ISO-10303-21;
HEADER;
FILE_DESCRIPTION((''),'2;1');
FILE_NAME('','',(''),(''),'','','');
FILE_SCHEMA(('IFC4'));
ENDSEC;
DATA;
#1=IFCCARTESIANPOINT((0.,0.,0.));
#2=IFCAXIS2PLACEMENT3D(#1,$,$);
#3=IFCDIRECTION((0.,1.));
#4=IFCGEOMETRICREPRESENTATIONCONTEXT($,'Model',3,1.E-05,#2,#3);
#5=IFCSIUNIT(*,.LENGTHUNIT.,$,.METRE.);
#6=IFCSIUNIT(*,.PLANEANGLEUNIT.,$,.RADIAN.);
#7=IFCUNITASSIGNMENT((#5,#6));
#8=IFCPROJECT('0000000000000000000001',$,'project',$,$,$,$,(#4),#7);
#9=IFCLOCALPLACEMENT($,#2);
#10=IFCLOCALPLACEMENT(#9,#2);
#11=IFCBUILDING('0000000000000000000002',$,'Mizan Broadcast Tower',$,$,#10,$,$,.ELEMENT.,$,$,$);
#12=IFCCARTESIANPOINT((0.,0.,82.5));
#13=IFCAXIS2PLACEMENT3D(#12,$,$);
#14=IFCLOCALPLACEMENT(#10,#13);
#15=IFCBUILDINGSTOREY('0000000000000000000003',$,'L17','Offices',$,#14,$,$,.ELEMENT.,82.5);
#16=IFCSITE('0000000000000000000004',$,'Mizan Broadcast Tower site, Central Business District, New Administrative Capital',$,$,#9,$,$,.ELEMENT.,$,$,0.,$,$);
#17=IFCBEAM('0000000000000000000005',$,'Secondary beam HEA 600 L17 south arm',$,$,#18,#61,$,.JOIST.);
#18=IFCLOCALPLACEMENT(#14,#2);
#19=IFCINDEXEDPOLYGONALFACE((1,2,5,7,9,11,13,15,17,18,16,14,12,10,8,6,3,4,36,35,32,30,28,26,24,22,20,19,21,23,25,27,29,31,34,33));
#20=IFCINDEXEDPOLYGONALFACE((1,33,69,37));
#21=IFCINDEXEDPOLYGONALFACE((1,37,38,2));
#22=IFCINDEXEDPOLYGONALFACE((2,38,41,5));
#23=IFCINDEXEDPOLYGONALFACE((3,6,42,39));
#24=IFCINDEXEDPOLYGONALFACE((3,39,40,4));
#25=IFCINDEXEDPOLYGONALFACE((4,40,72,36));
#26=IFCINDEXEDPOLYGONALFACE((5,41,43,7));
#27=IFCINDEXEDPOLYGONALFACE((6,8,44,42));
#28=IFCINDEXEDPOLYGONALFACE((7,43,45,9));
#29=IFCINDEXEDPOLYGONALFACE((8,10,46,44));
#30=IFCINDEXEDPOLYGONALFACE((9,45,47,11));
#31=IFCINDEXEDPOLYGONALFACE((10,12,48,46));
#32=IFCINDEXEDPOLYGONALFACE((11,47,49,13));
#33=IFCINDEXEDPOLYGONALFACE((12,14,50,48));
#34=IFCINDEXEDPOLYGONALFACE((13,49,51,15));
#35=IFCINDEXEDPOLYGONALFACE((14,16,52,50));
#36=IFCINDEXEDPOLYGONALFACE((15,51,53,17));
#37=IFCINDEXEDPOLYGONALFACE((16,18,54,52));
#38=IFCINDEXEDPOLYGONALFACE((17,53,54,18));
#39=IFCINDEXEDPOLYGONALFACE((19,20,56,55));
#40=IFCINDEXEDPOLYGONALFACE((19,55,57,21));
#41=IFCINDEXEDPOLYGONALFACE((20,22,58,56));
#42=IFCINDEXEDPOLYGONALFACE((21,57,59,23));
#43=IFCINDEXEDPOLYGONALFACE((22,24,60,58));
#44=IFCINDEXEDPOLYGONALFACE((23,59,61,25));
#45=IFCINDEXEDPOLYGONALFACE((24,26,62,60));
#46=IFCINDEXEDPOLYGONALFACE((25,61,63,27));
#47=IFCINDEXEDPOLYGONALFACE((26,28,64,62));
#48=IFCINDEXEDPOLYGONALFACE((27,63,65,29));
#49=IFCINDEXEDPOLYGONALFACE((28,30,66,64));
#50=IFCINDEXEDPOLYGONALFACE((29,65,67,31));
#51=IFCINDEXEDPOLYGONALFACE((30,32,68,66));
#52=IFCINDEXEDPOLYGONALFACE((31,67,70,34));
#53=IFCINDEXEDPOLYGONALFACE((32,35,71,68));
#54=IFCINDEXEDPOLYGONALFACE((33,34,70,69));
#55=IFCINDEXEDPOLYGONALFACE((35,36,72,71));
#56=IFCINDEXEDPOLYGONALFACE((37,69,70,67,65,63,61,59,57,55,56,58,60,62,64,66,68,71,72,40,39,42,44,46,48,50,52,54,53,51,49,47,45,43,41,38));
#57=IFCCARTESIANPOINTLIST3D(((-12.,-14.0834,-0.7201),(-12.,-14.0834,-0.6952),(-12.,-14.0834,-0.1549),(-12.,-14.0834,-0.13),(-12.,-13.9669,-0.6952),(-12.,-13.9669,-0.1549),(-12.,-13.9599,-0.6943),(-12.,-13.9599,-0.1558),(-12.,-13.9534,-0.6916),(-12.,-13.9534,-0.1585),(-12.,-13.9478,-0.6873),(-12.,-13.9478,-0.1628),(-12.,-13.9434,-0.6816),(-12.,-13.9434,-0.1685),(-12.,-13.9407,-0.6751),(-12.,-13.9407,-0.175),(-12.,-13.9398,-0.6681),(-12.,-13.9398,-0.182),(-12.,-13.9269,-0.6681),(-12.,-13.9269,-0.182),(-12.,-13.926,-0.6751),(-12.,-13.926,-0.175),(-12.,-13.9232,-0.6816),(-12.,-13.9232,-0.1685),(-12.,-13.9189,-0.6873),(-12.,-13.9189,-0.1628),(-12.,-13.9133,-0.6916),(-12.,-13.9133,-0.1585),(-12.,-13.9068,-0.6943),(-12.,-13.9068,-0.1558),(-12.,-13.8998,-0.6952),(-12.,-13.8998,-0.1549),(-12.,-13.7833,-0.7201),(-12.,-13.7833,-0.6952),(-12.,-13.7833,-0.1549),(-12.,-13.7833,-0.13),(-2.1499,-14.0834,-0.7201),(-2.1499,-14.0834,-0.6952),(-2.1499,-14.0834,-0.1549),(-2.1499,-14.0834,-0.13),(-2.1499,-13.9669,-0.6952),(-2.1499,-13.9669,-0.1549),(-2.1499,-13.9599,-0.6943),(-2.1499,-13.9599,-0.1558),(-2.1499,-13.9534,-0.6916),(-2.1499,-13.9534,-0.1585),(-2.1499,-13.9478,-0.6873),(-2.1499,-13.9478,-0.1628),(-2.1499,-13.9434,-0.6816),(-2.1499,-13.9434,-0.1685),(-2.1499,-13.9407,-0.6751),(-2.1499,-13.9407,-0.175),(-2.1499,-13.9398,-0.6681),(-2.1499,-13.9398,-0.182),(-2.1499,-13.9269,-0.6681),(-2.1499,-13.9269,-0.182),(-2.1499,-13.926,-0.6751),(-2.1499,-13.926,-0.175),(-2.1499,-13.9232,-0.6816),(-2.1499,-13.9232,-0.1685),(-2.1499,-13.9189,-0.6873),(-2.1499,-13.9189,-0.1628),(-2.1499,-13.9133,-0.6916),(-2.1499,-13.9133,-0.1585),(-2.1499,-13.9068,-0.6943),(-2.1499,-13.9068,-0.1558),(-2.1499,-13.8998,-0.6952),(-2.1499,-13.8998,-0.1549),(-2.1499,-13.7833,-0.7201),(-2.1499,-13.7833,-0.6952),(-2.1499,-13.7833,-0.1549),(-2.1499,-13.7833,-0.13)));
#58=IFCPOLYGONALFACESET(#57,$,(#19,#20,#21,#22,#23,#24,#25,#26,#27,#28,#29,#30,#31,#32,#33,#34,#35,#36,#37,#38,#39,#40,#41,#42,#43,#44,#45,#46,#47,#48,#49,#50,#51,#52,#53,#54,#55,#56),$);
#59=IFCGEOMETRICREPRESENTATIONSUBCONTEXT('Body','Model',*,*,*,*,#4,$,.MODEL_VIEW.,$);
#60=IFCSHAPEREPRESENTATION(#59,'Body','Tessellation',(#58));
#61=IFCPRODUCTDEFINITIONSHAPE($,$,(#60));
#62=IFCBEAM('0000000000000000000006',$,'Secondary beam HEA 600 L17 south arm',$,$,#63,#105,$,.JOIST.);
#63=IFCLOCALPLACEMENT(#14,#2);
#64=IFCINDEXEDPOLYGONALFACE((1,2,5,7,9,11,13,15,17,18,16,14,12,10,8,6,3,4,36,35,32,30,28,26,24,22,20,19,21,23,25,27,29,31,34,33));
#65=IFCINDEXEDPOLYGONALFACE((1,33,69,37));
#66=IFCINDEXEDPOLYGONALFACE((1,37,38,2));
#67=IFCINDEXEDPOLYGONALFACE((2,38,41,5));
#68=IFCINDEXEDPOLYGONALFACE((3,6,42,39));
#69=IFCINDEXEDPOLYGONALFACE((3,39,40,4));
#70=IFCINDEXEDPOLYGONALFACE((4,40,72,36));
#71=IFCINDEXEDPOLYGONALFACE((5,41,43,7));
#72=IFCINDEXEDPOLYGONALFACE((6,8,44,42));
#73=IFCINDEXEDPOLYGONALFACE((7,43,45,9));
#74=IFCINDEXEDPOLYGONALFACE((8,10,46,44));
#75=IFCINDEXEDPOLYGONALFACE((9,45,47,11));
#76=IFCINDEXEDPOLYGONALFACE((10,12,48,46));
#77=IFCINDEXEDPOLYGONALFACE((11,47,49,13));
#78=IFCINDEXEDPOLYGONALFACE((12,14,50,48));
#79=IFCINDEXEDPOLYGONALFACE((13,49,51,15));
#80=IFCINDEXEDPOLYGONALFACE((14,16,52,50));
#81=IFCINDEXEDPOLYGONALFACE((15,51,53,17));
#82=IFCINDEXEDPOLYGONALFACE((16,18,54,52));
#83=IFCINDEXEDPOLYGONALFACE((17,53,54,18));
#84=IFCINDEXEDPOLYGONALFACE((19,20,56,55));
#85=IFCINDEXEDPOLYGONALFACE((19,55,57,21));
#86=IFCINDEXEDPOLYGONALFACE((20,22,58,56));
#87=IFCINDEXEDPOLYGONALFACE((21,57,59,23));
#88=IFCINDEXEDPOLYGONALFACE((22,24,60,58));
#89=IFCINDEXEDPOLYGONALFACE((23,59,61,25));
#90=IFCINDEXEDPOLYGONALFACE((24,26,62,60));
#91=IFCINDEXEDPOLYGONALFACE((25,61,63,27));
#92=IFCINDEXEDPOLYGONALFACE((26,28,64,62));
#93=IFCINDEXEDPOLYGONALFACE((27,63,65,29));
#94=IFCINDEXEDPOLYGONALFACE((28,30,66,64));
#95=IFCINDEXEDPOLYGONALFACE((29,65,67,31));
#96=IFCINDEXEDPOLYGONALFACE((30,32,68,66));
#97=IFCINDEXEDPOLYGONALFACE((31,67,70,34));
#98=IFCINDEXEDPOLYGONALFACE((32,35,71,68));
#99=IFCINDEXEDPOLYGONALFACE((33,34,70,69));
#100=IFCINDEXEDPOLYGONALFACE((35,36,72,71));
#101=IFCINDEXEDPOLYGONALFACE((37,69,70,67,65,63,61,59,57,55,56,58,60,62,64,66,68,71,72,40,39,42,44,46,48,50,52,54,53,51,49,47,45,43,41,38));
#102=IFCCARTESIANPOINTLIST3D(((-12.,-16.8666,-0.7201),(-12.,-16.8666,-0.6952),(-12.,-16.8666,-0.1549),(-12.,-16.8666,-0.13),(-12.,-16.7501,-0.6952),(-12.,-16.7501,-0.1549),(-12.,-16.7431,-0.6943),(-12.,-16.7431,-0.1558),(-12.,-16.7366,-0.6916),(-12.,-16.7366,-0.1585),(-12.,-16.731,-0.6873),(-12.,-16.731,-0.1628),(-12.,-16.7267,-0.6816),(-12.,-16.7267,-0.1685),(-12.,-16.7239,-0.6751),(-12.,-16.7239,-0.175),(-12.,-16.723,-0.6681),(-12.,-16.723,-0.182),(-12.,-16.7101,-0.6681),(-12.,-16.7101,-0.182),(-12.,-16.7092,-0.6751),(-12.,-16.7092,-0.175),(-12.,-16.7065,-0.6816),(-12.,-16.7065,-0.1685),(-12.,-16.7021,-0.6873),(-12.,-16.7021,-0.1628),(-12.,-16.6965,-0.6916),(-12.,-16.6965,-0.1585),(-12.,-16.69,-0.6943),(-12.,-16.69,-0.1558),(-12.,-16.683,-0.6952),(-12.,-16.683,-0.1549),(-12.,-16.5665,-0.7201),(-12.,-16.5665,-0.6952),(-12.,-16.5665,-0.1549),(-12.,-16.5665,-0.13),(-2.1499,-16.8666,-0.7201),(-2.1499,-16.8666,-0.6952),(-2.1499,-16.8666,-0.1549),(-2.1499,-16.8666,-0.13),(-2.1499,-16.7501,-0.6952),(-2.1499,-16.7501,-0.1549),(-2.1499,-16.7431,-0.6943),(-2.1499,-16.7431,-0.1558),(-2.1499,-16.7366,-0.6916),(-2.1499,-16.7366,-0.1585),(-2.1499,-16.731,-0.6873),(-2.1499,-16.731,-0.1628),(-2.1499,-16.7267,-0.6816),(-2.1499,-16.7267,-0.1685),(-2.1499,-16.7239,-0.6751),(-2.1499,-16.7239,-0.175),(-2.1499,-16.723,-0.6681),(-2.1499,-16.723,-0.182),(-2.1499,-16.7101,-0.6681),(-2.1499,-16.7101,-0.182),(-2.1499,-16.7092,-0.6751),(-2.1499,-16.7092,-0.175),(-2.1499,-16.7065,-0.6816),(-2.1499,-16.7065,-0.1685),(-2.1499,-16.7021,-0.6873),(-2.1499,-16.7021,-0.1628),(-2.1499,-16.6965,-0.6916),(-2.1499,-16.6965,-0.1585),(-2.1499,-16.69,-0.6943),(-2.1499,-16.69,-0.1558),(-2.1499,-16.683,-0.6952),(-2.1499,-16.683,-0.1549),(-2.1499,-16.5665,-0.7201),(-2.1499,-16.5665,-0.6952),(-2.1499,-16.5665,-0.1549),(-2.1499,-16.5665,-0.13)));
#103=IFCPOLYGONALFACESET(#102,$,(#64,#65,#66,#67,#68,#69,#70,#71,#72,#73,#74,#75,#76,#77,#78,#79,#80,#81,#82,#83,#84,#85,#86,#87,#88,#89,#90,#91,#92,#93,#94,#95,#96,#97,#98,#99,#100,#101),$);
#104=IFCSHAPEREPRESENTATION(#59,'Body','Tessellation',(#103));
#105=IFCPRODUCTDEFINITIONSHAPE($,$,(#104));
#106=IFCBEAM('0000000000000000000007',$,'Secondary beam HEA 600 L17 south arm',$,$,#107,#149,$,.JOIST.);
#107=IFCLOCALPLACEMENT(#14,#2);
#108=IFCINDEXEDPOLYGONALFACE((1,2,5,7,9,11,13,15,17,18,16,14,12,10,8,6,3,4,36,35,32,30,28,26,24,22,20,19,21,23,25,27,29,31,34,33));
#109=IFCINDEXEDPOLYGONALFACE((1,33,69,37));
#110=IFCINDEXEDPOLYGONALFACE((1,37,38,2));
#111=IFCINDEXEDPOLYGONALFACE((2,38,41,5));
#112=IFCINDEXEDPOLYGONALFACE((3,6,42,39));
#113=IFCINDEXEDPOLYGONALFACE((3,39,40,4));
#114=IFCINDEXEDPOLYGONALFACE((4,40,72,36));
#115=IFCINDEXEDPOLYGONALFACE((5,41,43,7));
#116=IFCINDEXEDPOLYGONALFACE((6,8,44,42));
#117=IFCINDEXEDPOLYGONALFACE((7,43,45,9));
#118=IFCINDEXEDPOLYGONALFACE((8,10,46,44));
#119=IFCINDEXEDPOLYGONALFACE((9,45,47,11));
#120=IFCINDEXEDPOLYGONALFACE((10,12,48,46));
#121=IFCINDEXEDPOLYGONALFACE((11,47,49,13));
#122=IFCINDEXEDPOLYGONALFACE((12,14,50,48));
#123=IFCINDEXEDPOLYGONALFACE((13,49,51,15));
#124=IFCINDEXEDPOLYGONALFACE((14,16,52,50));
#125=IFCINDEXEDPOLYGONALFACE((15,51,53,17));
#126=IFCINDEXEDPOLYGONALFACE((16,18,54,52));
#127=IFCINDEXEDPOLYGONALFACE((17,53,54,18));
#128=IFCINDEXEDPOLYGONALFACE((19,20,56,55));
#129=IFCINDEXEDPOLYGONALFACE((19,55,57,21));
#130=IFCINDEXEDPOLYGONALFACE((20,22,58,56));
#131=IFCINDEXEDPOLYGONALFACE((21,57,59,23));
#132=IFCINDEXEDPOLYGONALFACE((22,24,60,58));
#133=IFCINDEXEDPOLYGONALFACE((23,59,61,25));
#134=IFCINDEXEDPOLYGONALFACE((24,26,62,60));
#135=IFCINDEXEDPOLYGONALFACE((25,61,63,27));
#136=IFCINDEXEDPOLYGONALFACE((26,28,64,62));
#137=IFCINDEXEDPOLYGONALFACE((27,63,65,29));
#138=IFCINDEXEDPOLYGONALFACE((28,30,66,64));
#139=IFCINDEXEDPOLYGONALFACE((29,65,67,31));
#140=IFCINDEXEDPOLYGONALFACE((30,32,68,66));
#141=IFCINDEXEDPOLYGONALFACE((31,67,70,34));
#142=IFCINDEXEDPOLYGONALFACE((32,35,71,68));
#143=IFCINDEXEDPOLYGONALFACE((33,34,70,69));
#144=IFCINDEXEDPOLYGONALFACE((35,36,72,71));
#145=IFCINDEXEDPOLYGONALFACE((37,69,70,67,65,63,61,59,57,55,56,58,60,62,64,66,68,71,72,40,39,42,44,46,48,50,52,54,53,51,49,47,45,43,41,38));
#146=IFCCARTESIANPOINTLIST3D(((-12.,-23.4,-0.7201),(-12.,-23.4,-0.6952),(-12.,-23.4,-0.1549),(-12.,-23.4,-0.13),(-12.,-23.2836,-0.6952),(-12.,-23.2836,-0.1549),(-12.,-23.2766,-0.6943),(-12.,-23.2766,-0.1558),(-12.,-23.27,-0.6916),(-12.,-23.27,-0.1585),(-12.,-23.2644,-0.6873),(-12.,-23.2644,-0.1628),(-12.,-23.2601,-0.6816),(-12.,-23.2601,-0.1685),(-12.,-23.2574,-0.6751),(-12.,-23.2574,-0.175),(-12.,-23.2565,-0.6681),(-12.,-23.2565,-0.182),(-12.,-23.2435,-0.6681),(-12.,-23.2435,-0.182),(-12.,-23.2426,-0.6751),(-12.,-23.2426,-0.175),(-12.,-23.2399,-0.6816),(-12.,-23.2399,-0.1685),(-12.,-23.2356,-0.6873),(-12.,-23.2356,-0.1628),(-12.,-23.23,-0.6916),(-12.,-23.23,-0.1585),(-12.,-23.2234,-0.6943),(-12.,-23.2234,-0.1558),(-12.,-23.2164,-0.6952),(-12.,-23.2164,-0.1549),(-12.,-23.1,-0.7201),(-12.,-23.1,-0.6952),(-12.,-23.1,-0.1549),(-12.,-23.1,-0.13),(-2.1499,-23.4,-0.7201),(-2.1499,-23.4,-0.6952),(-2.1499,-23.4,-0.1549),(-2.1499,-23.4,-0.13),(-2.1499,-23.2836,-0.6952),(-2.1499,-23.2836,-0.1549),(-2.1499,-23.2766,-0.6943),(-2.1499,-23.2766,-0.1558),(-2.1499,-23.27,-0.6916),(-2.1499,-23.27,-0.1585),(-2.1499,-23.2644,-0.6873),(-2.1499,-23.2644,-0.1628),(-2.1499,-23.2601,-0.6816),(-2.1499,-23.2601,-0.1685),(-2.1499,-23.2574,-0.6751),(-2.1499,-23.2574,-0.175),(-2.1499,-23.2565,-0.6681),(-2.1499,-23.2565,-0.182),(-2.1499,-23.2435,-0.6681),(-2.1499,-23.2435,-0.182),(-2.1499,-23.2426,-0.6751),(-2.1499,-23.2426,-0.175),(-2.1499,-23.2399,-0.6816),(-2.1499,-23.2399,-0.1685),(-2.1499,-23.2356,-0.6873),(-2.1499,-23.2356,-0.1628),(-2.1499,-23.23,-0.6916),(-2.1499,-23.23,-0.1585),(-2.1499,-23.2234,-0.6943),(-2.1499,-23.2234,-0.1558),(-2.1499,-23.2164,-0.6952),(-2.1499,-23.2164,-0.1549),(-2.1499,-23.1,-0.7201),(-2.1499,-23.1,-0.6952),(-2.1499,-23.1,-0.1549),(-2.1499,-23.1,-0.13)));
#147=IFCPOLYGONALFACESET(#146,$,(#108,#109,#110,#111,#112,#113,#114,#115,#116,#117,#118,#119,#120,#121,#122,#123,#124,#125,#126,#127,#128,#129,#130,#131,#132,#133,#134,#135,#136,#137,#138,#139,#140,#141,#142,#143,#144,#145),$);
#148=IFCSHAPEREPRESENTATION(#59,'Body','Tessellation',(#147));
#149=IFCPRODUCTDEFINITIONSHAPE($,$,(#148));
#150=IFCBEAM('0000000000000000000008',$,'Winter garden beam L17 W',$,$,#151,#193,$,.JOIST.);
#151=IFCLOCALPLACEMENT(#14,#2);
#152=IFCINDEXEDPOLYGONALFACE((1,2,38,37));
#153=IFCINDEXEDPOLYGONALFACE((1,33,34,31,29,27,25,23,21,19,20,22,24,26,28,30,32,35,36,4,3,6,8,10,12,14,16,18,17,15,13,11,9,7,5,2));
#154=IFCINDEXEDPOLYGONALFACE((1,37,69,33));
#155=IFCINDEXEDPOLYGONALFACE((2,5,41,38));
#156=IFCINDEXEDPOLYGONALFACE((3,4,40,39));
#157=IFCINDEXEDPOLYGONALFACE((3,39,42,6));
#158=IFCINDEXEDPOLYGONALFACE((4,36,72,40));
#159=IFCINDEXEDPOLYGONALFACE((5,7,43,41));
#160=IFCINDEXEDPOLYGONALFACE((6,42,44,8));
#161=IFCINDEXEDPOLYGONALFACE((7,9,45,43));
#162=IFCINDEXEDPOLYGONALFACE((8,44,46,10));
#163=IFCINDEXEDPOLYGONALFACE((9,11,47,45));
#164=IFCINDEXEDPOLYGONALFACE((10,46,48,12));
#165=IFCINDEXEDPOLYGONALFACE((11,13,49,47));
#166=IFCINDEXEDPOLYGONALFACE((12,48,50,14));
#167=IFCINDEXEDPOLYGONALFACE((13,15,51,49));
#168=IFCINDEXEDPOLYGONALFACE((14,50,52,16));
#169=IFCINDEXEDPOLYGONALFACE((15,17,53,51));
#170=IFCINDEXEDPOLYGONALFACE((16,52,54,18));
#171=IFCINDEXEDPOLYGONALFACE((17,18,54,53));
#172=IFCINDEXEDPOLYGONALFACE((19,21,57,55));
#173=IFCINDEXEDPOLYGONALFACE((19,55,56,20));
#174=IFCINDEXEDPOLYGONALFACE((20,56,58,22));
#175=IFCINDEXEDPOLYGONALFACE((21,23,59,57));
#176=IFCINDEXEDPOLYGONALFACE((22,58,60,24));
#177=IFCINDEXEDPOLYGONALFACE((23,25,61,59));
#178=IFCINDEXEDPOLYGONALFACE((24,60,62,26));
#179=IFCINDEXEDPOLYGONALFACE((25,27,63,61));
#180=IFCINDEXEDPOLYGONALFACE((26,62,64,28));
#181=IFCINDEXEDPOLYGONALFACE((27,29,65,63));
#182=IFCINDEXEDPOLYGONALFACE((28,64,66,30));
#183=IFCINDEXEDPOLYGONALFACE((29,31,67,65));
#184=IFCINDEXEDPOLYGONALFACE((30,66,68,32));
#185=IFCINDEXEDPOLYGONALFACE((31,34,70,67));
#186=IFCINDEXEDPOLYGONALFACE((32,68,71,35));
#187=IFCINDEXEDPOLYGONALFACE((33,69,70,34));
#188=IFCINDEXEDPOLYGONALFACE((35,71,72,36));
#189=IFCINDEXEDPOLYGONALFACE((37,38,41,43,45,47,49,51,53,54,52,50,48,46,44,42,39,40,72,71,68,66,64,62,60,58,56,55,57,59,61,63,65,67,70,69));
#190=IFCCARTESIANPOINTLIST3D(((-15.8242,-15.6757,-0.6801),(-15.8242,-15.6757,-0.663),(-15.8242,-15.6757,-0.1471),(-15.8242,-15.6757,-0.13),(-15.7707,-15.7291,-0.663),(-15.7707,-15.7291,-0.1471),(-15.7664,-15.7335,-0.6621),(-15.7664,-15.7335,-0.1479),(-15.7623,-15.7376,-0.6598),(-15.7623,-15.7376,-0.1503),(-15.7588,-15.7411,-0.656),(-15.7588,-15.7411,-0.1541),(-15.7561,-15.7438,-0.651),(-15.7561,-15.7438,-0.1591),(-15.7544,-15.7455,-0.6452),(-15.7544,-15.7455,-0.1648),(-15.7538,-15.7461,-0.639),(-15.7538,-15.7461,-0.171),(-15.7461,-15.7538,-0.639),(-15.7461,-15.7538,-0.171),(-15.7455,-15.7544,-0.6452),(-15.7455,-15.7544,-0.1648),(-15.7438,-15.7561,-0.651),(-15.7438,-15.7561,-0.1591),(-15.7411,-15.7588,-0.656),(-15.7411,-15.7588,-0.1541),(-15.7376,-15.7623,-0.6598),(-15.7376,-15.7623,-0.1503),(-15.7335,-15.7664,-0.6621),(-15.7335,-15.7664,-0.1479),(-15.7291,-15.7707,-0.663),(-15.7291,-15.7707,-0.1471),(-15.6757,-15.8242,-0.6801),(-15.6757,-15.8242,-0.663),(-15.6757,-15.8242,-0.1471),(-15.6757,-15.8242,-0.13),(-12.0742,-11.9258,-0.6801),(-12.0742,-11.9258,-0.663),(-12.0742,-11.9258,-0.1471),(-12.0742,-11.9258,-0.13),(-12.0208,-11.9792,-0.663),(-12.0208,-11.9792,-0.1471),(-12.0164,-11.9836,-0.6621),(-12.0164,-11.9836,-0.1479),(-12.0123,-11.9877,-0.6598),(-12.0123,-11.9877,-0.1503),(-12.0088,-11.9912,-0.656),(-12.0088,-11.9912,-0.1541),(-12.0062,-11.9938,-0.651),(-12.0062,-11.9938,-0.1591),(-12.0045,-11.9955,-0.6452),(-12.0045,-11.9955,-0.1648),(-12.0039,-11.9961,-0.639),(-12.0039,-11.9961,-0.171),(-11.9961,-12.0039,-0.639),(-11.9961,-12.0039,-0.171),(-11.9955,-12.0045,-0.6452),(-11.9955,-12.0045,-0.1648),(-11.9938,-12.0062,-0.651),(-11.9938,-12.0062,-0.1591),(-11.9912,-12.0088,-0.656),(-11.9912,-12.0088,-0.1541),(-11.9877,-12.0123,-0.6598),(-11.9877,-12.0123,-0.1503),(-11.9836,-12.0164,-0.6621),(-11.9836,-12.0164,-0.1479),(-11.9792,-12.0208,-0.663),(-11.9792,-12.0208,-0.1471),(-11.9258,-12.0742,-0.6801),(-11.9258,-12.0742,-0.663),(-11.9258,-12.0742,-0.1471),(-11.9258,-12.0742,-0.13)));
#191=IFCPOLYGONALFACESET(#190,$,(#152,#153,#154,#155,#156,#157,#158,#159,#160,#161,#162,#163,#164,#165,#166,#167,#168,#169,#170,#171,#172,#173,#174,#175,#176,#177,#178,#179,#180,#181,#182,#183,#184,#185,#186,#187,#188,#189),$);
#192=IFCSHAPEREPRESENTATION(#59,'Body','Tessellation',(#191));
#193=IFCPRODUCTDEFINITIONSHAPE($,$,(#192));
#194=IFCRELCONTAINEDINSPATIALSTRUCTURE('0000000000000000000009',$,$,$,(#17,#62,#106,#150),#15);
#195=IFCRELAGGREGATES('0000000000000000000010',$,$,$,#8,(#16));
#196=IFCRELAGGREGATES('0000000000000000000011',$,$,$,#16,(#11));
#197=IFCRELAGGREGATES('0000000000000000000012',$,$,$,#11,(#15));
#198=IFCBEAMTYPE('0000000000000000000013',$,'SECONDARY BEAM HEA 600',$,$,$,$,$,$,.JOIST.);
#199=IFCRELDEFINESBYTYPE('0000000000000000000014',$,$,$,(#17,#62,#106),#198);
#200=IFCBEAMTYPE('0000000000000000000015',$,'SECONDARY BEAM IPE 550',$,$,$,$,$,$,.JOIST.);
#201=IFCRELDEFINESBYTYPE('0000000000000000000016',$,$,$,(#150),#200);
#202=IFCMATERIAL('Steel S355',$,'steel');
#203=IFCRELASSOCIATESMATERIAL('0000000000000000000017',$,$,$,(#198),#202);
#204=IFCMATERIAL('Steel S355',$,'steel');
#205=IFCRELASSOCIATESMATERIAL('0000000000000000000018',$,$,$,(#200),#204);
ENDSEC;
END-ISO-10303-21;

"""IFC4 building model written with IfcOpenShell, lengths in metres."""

from ifc_helpers import new_model, si_unit, direction, frame, origin, origin_2d, place, context, subcontext, project, spatial, i_section, extrude, material, material_profile, profile_set, type_object, element, save


model = new_model("IFC4")

# Units and contexts
model_context = context("Model", 3, precision=1e-05, world=origin(), true_north=direction((0.0, 1.0)))
body_context = subcontext(model_context, "Body", "Model", "MODEL_VIEW")
ifc_project = project(units=[si_unit("LENGTHUNIT", "METRE"), si_unit("PLANEANGLEUNIT", "RADIAN")], contexts=[model_context])

# Site, building, storey
site_placement = place(None, origin())
site = spatial("IfcSite", under=ifc_project, at=site_placement, Name="Mizan Broadcast Tower site, Central Business District, New Administrative Capital", CompositionType="ELEMENT", RefElevation=0.0)
building_placement = place(site_placement, origin())
building = spatial("IfcBuilding", under=site, at=building_placement, Name="Mizan Broadcast Tower", CompositionType="ELEMENT")
storey_placement = place(building_placement, frame((0.0, 0.0, 82.5)))
storey = spatial("IfcBuildingStorey", under=building, at=storey_placement, Name="L17", Description="Offices", CompositionType="ELEMENT", Elevation=82.5)

# Beams
ifc_material_1 = material(Name="Steel S355", Category="steel")
ifc_material_profile_1 = material_profile(ifc_material_1, i_section(OverallWidth=0.3, OverallDepth=0.5901, WebThickness=0.0129, FlangeThickness=0.0249, FilletRadius=0.0271, at=origin_2d()), Name="HEA 600")
ifc_profile_set_1 = profile_set([ifc_material_profile_1], Name="Steel S355")
beam_type_1 = type_object("IfcBeamType", Name="SECONDARY BEAM HEA 600", PredefinedType="JOIST", material=ifc_profile_set_1)
for number, where, z_axis, x_axis, name in (
    (1, (-12.0, -13.9333, -0.425), (1.0, 0.0, 0.0), (0.0, 1.0, 0.0), "Secondary beam HEA 600 L17 south arm"),
    (2, (-12.0, -16.7166, -0.425), (1.0, 0.0, 0.0), (0.0, 1.0, 0.0), "Secondary beam HEA 600 L17 south arm"),
    (3, (-12.0, -23.25, -0.425), (1.0, 0.0, 0.0), (0.0, 1.0, 0.0), "Secondary beam HEA 600 L17 south arm"),
):
    element("IfcBeam", number, at=place(storey_placement, frame(where, z_axis=z_axis, x_axis=x_axis)), inside=storey, type_object=beam_type_1, Name=name, PredefinedType="JOIST", context=body_context, shape_type="SweptSolid", body=[
        extrude(i_section(OverallWidth=0.3, OverallDepth=0.5901, WebThickness=0.0129, FlangeThickness=0.0249, FilletRadius=0.0271, at=origin_2d()), origin(), (0.0, 0.0, 1.0), 9.8501),
    ])
ifc_material_2 = material(Name="Steel S355", Category="steel")
ifc_material_profile_2 = material_profile(ifc_material_2, i_section(OverallWidth=0.21, OverallDepth=0.55, WebThickness=0.011, FlangeThickness=0.0171, FilletRadius=0.0239, at=origin_2d()), Name="IPE 550")
ifc_profile_set_2 = profile_set([ifc_material_profile_2], Name="Steel S355")
beam_type_2 = type_object("IfcBeamType", Name="SECONDARY BEAM IPE 550", PredefinedType="JOIST", material=ifc_profile_set_2)
beam_1_placement = place(storey_placement, frame((-12.0, -12.0, -0.405), z_axis=(-0.707107, -0.707107, 0.0), x_axis=(0.707107, -0.707107, 0.0)))
element("IfcBeam", 4, at=beam_1_placement, inside=storey, type_object=beam_type_2, Name="Winter garden beam L17 W", PredefinedType="JOIST", context=body_context, shape_type="SweptSolid", body=[
    extrude(i_section(OverallWidth=0.21, OverallDepth=0.55, WebThickness=0.011, FlangeThickness=0.0171, FilletRadius=0.0239, at=origin_2d()), origin(), (0.0, 0.0, 1.0), 5.3032),
])

save(model, "model.ifc")
